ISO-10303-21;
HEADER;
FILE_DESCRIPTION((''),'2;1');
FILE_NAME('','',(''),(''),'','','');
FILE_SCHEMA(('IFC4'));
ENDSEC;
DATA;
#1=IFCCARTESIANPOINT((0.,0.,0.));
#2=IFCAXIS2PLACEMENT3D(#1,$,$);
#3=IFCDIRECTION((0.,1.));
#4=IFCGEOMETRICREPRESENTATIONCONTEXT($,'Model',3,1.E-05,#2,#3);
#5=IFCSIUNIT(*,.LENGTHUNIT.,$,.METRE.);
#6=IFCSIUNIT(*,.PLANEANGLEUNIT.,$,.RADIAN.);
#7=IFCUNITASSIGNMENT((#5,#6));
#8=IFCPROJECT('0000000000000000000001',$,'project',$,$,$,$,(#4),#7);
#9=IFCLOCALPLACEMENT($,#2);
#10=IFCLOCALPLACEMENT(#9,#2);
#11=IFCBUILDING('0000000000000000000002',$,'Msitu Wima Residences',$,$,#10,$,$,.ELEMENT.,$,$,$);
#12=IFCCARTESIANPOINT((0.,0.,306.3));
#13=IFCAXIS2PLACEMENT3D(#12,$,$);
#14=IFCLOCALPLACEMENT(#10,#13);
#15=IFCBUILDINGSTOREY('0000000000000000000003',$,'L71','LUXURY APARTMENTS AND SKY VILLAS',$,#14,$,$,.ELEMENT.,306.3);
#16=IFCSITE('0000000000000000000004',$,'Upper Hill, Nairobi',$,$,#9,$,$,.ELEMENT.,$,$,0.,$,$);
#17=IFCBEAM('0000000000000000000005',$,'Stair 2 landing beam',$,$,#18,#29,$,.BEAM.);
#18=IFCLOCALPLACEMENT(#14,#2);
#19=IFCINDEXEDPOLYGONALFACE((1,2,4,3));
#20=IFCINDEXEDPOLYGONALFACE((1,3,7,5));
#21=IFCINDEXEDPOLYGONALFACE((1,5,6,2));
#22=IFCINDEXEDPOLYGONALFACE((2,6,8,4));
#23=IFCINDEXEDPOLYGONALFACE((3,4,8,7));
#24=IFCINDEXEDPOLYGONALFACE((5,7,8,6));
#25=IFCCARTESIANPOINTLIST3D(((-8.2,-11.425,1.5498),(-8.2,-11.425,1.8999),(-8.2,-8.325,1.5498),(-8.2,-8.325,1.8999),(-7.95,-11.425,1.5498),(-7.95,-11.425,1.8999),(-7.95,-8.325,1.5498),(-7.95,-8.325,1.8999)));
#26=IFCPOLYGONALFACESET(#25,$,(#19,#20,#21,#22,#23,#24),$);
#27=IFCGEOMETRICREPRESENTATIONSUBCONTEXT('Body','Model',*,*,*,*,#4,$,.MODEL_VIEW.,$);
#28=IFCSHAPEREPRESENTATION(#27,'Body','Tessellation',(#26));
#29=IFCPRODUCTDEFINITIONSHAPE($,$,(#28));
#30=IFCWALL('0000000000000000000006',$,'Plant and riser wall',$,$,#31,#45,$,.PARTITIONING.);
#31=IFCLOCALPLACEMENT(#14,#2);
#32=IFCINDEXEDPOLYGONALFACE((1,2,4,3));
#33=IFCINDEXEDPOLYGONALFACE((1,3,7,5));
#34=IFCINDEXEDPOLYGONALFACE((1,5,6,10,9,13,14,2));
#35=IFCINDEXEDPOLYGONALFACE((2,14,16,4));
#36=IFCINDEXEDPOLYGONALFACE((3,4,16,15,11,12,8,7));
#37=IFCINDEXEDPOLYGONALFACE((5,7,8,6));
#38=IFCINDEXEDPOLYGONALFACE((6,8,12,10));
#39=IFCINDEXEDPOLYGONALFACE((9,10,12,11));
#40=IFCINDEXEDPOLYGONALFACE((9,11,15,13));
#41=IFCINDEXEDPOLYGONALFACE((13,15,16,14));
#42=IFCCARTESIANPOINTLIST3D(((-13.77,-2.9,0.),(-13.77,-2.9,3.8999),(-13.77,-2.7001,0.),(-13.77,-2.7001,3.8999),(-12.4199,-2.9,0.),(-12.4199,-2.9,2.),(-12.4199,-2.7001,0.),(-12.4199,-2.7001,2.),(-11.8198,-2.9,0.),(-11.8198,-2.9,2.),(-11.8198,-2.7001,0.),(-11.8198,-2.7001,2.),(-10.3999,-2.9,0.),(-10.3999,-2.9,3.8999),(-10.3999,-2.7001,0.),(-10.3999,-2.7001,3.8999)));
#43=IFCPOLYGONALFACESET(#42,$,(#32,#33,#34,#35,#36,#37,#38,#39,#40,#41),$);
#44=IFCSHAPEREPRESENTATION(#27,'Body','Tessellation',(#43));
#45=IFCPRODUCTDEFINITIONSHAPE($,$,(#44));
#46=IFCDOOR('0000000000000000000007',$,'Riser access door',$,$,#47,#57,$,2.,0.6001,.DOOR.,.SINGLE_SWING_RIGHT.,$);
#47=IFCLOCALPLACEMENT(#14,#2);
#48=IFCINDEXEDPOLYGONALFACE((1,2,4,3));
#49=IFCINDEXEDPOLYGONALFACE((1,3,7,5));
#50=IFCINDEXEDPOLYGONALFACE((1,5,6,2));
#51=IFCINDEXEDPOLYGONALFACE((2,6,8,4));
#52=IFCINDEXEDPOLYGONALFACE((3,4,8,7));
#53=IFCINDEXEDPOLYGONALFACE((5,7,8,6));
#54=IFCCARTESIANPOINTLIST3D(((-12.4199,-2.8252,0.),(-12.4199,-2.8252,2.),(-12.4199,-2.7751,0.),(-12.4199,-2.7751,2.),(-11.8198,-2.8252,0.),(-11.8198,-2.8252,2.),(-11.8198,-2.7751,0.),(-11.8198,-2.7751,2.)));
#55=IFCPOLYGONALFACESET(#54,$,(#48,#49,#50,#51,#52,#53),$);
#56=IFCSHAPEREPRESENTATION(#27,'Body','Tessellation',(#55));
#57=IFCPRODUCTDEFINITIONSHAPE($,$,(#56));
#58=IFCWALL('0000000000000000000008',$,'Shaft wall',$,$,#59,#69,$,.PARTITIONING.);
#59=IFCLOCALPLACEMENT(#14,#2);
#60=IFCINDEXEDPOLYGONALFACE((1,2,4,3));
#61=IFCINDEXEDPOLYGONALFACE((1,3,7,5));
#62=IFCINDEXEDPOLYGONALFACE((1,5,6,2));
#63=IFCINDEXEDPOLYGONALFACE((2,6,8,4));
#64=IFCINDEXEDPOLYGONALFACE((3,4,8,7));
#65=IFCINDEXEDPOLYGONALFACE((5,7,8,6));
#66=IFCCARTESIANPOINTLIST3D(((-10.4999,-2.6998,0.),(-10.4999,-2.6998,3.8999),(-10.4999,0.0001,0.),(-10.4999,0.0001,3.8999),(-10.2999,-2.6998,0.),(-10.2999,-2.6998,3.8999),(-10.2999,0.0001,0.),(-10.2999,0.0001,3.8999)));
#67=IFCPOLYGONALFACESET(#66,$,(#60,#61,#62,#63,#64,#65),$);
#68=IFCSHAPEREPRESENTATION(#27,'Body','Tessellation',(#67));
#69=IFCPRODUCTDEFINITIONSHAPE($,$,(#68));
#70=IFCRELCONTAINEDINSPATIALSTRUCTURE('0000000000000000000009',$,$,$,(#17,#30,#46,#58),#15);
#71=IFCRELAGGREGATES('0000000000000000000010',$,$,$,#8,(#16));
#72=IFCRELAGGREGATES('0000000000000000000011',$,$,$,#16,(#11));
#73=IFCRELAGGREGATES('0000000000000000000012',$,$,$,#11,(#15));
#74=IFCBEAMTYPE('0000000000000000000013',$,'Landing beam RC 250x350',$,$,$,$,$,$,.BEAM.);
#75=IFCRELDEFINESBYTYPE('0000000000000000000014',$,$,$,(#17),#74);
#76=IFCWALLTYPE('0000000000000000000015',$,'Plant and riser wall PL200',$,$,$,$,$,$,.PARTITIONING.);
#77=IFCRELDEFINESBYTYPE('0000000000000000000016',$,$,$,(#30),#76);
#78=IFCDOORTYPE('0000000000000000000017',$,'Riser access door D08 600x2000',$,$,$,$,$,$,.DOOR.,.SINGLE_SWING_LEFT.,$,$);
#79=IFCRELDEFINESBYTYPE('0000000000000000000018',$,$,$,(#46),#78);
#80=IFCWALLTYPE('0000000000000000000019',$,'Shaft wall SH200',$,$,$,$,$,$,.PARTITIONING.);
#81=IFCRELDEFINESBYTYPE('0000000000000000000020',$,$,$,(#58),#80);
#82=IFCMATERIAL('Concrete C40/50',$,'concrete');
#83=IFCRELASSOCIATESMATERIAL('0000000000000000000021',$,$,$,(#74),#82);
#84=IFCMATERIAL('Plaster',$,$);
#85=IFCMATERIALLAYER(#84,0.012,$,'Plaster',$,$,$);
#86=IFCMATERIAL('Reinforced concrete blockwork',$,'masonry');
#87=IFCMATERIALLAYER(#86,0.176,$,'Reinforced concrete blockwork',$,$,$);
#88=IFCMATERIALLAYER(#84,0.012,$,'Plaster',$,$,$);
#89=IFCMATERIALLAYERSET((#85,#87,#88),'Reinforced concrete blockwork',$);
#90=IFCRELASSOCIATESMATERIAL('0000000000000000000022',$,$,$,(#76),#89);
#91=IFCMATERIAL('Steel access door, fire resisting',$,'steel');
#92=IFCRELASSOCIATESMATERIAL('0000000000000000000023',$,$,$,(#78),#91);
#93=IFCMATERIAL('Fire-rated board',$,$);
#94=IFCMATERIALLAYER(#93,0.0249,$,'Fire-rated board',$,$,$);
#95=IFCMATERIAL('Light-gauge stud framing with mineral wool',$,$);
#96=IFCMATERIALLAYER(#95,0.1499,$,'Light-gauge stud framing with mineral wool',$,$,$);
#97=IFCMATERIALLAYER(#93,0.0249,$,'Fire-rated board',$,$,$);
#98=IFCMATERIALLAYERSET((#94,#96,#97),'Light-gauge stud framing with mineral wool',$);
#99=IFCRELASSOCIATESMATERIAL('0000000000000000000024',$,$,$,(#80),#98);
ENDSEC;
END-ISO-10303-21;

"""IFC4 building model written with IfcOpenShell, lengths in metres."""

from ifc_helpers import new_model, si_unit, direction, frame, frame_2d, origin, origin_2d, place, context, subcontext, project, spatial, rectangle, extrude, material, layer, layer_set, material_profile, profile_set, type_object, element, fill, save


model = new_model("IFC4")

# Units and contexts
model_context = context("Model", 3, precision=1e-05, world=origin(), true_north=direction((0.0, 1.0)))
body_context = subcontext(model_context, "Body", "Model", "MODEL_VIEW")
ifc_project = project(units=[si_unit("LENGTHUNIT", "METRE"), si_unit("PLANEANGLEUNIT", "RADIAN")], contexts=[model_context])

# Site, building, storey
site_placement = place(None, origin())
site = spatial("IfcSite", under=ifc_project, at=site_placement, Name="Upper Hill, Nairobi", CompositionType="ELEMENT", RefElevation=0.0)
building_placement = place(site_placement, origin())
building = spatial("IfcBuilding", under=site, at=building_placement, Name="Msitu Wima Residences", CompositionType="ELEMENT")
storey_placement = place(building_placement, frame((0.0, 0.0, 306.3)))
storey = spatial("IfcBuildingStorey", under=building, at=storey_placement, Name="L71", Description="LUXURY APARTMENTS AND SKY VILLAS", CompositionType="ELEMENT", Elevation=306.3)

# Beam
ifc_material_1 = material(Name="Concrete C40/50", Category="concrete")
ifc_material_profile = material_profile(ifc_material_1, rectangle(XDim=0.25, YDim=0.3501, at=origin_2d()), Name="RC 250x350")
ifc_profile_set = profile_set([ifc_material_profile], Name="Concrete C40/50")
beam_type = type_object("IfcBeamType", Name="Landing beam RC 250x350", PredefinedType="BEAM", material=ifc_profile_set)
beam_placement = place(storey_placement, frame((-8.075, -11.425, 1.7249), z_axis=(0.0, 1.0, 0.0), x_axis=(-1.0, 0.0, 0.0)))
element("IfcBeam", 1, at=beam_placement, inside=storey, type_object=beam_type, Name="Stair 2 landing beam", PredefinedType="BEAM", context=body_context, shape_type="SweptSolid", body=[
    extrude(rectangle(XDim=0.25, YDim=0.3501, at=origin_2d()), origin(), (0.0, 0.0, 1.0), 3.1001),
])

# Wall, opening, door
ifc_material_2 = material(Name="Plaster")
ifc_layer_1 = layer(ifc_material_2, 0.012, Name="Plaster")
ifc_material_3 = material(Name="Reinforced concrete blockwork", Category="masonry")
ifc_layer_2 = layer(ifc_material_3, 0.176, Name="Reinforced concrete blockwork")
ifc_layer_3 = layer(ifc_material_2, 0.012, Name="Plaster")
ifc_layer_set_1 = layer_set([ifc_layer_1, ifc_layer_2, ifc_layer_3], Name="Reinforced concrete blockwork")
wall_type_1 = type_object("IfcWallType", Name="Plant and riser wall PL200", PredefinedType="PARTITIONING", material=ifc_layer_set_1)
wall_1_placement = place(storey_placement, frame((-13.77, -2.8, 0.0), z_axis=(0.0, 0.0, 1.0), x_axis=(1.0, 0.0, 0.0)))
wall_1 = element("IfcWall", 2, at=wall_1_placement, inside=storey, type_object=wall_type_1, Name="Plant and riser wall", PredefinedType="PARTITIONING", context=body_context, shape_type="SweptSolid", body=[
    extrude(rectangle(XDim=3.3701, YDim=0.2, at=frame_2d((1.6851, 0.0))), origin(), (0.0, 0.0, 1.0), 3.8999),
])
opening_1_placement = place(wall_1_placement, frame((1.3501, 0.0, 0.0)))
opening_1 = element("IfcOpeningElement", 3, at=opening_1_placement, cuts=wall_1, PredefinedType="OPENING", context=body_context, shape_type="SweptSolid", body=[
    extrude(rectangle(XDim=0.6001, YDim=2.0, at=frame_2d((0.3, 1.0))), frame((0.0, 0.1099, 0.0), z_axis=(0.0, -1.0, 0.0), x_axis=(1.0, 0.0, 0.0)), (0.0, 0.0, 1.0), 0.22),
])
ifc_material_4 = material(Name="Steel access door, fire resisting", Category="steel")
door_type_1 = type_object("IfcDoorType", Name="Riser access door D08 600x2000", OperationType="SINGLE_SWING_LEFT", PredefinedType="DOOR", material=ifc_material_4)
door_1_placement = place(opening_1_placement, origin())
door_1 = element("IfcDoor", 4, at=door_1_placement, inside=storey, type_object=door_type_1, Name="Riser access door", OperationType="SINGLE_SWING_RIGHT", OverallHeight=2.0, OverallWidth=0.6001, PredefinedType="DOOR", context=body_context, shape_type="SweptSolid", body=[
    extrude(rectangle(XDim=0.6001, YDim=2.0, at=frame_2d((0.3, 1.0))), frame((0.0, 0.0249, 0.0), z_axis=(0.0, -1.0, 0.0), x_axis=(1.0, 0.0, 0.0)), (0.0, 0.0, 1.0), 0.05),
])
fill(opening_1, door_1)

# Wall
ifc_material_5 = material(Name="Fire-rated board")
ifc_layer_4 = layer(ifc_material_5, 0.0249, Name="Fire-rated board")
ifc_material_6 = material(Name="Light-gauge stud framing with mineral wool")
ifc_layer_5 = layer(ifc_material_6, 0.1499, Name="Light-gauge stud framing with mineral wool")
ifc_layer_6 = layer(ifc_material_5, 0.0249, Name="Fire-rated board")
ifc_layer_set_2 = layer_set([ifc_layer_4, ifc_layer_5, ifc_layer_6], Name="Light-gauge stud framing with mineral wool")
wall_type_2 = type_object("IfcWallType", Name="Shaft wall SH200", PredefinedType="PARTITIONING", material=ifc_layer_set_2)
wall_2_placement = place(storey_placement, frame((-10.3999, -2.7, 0.0), z_axis=(0.0, 0.0, 1.0), x_axis=(0.0, 1.0, 0.0)))
element("IfcWall", 5, at=wall_2_placement, inside=storey, type_object=wall_type_2, Name="Shaft wall", PredefinedType="PARTITIONING", context=body_context, shape_type="SweptSolid", body=[
    extrude(rectangle(XDim=2.7, YDim=0.2, at=frame_2d((1.3501, 0.0))), origin(), (0.0, 0.0, 1.0), 3.8999),
])

save(model, "model.ifc")
